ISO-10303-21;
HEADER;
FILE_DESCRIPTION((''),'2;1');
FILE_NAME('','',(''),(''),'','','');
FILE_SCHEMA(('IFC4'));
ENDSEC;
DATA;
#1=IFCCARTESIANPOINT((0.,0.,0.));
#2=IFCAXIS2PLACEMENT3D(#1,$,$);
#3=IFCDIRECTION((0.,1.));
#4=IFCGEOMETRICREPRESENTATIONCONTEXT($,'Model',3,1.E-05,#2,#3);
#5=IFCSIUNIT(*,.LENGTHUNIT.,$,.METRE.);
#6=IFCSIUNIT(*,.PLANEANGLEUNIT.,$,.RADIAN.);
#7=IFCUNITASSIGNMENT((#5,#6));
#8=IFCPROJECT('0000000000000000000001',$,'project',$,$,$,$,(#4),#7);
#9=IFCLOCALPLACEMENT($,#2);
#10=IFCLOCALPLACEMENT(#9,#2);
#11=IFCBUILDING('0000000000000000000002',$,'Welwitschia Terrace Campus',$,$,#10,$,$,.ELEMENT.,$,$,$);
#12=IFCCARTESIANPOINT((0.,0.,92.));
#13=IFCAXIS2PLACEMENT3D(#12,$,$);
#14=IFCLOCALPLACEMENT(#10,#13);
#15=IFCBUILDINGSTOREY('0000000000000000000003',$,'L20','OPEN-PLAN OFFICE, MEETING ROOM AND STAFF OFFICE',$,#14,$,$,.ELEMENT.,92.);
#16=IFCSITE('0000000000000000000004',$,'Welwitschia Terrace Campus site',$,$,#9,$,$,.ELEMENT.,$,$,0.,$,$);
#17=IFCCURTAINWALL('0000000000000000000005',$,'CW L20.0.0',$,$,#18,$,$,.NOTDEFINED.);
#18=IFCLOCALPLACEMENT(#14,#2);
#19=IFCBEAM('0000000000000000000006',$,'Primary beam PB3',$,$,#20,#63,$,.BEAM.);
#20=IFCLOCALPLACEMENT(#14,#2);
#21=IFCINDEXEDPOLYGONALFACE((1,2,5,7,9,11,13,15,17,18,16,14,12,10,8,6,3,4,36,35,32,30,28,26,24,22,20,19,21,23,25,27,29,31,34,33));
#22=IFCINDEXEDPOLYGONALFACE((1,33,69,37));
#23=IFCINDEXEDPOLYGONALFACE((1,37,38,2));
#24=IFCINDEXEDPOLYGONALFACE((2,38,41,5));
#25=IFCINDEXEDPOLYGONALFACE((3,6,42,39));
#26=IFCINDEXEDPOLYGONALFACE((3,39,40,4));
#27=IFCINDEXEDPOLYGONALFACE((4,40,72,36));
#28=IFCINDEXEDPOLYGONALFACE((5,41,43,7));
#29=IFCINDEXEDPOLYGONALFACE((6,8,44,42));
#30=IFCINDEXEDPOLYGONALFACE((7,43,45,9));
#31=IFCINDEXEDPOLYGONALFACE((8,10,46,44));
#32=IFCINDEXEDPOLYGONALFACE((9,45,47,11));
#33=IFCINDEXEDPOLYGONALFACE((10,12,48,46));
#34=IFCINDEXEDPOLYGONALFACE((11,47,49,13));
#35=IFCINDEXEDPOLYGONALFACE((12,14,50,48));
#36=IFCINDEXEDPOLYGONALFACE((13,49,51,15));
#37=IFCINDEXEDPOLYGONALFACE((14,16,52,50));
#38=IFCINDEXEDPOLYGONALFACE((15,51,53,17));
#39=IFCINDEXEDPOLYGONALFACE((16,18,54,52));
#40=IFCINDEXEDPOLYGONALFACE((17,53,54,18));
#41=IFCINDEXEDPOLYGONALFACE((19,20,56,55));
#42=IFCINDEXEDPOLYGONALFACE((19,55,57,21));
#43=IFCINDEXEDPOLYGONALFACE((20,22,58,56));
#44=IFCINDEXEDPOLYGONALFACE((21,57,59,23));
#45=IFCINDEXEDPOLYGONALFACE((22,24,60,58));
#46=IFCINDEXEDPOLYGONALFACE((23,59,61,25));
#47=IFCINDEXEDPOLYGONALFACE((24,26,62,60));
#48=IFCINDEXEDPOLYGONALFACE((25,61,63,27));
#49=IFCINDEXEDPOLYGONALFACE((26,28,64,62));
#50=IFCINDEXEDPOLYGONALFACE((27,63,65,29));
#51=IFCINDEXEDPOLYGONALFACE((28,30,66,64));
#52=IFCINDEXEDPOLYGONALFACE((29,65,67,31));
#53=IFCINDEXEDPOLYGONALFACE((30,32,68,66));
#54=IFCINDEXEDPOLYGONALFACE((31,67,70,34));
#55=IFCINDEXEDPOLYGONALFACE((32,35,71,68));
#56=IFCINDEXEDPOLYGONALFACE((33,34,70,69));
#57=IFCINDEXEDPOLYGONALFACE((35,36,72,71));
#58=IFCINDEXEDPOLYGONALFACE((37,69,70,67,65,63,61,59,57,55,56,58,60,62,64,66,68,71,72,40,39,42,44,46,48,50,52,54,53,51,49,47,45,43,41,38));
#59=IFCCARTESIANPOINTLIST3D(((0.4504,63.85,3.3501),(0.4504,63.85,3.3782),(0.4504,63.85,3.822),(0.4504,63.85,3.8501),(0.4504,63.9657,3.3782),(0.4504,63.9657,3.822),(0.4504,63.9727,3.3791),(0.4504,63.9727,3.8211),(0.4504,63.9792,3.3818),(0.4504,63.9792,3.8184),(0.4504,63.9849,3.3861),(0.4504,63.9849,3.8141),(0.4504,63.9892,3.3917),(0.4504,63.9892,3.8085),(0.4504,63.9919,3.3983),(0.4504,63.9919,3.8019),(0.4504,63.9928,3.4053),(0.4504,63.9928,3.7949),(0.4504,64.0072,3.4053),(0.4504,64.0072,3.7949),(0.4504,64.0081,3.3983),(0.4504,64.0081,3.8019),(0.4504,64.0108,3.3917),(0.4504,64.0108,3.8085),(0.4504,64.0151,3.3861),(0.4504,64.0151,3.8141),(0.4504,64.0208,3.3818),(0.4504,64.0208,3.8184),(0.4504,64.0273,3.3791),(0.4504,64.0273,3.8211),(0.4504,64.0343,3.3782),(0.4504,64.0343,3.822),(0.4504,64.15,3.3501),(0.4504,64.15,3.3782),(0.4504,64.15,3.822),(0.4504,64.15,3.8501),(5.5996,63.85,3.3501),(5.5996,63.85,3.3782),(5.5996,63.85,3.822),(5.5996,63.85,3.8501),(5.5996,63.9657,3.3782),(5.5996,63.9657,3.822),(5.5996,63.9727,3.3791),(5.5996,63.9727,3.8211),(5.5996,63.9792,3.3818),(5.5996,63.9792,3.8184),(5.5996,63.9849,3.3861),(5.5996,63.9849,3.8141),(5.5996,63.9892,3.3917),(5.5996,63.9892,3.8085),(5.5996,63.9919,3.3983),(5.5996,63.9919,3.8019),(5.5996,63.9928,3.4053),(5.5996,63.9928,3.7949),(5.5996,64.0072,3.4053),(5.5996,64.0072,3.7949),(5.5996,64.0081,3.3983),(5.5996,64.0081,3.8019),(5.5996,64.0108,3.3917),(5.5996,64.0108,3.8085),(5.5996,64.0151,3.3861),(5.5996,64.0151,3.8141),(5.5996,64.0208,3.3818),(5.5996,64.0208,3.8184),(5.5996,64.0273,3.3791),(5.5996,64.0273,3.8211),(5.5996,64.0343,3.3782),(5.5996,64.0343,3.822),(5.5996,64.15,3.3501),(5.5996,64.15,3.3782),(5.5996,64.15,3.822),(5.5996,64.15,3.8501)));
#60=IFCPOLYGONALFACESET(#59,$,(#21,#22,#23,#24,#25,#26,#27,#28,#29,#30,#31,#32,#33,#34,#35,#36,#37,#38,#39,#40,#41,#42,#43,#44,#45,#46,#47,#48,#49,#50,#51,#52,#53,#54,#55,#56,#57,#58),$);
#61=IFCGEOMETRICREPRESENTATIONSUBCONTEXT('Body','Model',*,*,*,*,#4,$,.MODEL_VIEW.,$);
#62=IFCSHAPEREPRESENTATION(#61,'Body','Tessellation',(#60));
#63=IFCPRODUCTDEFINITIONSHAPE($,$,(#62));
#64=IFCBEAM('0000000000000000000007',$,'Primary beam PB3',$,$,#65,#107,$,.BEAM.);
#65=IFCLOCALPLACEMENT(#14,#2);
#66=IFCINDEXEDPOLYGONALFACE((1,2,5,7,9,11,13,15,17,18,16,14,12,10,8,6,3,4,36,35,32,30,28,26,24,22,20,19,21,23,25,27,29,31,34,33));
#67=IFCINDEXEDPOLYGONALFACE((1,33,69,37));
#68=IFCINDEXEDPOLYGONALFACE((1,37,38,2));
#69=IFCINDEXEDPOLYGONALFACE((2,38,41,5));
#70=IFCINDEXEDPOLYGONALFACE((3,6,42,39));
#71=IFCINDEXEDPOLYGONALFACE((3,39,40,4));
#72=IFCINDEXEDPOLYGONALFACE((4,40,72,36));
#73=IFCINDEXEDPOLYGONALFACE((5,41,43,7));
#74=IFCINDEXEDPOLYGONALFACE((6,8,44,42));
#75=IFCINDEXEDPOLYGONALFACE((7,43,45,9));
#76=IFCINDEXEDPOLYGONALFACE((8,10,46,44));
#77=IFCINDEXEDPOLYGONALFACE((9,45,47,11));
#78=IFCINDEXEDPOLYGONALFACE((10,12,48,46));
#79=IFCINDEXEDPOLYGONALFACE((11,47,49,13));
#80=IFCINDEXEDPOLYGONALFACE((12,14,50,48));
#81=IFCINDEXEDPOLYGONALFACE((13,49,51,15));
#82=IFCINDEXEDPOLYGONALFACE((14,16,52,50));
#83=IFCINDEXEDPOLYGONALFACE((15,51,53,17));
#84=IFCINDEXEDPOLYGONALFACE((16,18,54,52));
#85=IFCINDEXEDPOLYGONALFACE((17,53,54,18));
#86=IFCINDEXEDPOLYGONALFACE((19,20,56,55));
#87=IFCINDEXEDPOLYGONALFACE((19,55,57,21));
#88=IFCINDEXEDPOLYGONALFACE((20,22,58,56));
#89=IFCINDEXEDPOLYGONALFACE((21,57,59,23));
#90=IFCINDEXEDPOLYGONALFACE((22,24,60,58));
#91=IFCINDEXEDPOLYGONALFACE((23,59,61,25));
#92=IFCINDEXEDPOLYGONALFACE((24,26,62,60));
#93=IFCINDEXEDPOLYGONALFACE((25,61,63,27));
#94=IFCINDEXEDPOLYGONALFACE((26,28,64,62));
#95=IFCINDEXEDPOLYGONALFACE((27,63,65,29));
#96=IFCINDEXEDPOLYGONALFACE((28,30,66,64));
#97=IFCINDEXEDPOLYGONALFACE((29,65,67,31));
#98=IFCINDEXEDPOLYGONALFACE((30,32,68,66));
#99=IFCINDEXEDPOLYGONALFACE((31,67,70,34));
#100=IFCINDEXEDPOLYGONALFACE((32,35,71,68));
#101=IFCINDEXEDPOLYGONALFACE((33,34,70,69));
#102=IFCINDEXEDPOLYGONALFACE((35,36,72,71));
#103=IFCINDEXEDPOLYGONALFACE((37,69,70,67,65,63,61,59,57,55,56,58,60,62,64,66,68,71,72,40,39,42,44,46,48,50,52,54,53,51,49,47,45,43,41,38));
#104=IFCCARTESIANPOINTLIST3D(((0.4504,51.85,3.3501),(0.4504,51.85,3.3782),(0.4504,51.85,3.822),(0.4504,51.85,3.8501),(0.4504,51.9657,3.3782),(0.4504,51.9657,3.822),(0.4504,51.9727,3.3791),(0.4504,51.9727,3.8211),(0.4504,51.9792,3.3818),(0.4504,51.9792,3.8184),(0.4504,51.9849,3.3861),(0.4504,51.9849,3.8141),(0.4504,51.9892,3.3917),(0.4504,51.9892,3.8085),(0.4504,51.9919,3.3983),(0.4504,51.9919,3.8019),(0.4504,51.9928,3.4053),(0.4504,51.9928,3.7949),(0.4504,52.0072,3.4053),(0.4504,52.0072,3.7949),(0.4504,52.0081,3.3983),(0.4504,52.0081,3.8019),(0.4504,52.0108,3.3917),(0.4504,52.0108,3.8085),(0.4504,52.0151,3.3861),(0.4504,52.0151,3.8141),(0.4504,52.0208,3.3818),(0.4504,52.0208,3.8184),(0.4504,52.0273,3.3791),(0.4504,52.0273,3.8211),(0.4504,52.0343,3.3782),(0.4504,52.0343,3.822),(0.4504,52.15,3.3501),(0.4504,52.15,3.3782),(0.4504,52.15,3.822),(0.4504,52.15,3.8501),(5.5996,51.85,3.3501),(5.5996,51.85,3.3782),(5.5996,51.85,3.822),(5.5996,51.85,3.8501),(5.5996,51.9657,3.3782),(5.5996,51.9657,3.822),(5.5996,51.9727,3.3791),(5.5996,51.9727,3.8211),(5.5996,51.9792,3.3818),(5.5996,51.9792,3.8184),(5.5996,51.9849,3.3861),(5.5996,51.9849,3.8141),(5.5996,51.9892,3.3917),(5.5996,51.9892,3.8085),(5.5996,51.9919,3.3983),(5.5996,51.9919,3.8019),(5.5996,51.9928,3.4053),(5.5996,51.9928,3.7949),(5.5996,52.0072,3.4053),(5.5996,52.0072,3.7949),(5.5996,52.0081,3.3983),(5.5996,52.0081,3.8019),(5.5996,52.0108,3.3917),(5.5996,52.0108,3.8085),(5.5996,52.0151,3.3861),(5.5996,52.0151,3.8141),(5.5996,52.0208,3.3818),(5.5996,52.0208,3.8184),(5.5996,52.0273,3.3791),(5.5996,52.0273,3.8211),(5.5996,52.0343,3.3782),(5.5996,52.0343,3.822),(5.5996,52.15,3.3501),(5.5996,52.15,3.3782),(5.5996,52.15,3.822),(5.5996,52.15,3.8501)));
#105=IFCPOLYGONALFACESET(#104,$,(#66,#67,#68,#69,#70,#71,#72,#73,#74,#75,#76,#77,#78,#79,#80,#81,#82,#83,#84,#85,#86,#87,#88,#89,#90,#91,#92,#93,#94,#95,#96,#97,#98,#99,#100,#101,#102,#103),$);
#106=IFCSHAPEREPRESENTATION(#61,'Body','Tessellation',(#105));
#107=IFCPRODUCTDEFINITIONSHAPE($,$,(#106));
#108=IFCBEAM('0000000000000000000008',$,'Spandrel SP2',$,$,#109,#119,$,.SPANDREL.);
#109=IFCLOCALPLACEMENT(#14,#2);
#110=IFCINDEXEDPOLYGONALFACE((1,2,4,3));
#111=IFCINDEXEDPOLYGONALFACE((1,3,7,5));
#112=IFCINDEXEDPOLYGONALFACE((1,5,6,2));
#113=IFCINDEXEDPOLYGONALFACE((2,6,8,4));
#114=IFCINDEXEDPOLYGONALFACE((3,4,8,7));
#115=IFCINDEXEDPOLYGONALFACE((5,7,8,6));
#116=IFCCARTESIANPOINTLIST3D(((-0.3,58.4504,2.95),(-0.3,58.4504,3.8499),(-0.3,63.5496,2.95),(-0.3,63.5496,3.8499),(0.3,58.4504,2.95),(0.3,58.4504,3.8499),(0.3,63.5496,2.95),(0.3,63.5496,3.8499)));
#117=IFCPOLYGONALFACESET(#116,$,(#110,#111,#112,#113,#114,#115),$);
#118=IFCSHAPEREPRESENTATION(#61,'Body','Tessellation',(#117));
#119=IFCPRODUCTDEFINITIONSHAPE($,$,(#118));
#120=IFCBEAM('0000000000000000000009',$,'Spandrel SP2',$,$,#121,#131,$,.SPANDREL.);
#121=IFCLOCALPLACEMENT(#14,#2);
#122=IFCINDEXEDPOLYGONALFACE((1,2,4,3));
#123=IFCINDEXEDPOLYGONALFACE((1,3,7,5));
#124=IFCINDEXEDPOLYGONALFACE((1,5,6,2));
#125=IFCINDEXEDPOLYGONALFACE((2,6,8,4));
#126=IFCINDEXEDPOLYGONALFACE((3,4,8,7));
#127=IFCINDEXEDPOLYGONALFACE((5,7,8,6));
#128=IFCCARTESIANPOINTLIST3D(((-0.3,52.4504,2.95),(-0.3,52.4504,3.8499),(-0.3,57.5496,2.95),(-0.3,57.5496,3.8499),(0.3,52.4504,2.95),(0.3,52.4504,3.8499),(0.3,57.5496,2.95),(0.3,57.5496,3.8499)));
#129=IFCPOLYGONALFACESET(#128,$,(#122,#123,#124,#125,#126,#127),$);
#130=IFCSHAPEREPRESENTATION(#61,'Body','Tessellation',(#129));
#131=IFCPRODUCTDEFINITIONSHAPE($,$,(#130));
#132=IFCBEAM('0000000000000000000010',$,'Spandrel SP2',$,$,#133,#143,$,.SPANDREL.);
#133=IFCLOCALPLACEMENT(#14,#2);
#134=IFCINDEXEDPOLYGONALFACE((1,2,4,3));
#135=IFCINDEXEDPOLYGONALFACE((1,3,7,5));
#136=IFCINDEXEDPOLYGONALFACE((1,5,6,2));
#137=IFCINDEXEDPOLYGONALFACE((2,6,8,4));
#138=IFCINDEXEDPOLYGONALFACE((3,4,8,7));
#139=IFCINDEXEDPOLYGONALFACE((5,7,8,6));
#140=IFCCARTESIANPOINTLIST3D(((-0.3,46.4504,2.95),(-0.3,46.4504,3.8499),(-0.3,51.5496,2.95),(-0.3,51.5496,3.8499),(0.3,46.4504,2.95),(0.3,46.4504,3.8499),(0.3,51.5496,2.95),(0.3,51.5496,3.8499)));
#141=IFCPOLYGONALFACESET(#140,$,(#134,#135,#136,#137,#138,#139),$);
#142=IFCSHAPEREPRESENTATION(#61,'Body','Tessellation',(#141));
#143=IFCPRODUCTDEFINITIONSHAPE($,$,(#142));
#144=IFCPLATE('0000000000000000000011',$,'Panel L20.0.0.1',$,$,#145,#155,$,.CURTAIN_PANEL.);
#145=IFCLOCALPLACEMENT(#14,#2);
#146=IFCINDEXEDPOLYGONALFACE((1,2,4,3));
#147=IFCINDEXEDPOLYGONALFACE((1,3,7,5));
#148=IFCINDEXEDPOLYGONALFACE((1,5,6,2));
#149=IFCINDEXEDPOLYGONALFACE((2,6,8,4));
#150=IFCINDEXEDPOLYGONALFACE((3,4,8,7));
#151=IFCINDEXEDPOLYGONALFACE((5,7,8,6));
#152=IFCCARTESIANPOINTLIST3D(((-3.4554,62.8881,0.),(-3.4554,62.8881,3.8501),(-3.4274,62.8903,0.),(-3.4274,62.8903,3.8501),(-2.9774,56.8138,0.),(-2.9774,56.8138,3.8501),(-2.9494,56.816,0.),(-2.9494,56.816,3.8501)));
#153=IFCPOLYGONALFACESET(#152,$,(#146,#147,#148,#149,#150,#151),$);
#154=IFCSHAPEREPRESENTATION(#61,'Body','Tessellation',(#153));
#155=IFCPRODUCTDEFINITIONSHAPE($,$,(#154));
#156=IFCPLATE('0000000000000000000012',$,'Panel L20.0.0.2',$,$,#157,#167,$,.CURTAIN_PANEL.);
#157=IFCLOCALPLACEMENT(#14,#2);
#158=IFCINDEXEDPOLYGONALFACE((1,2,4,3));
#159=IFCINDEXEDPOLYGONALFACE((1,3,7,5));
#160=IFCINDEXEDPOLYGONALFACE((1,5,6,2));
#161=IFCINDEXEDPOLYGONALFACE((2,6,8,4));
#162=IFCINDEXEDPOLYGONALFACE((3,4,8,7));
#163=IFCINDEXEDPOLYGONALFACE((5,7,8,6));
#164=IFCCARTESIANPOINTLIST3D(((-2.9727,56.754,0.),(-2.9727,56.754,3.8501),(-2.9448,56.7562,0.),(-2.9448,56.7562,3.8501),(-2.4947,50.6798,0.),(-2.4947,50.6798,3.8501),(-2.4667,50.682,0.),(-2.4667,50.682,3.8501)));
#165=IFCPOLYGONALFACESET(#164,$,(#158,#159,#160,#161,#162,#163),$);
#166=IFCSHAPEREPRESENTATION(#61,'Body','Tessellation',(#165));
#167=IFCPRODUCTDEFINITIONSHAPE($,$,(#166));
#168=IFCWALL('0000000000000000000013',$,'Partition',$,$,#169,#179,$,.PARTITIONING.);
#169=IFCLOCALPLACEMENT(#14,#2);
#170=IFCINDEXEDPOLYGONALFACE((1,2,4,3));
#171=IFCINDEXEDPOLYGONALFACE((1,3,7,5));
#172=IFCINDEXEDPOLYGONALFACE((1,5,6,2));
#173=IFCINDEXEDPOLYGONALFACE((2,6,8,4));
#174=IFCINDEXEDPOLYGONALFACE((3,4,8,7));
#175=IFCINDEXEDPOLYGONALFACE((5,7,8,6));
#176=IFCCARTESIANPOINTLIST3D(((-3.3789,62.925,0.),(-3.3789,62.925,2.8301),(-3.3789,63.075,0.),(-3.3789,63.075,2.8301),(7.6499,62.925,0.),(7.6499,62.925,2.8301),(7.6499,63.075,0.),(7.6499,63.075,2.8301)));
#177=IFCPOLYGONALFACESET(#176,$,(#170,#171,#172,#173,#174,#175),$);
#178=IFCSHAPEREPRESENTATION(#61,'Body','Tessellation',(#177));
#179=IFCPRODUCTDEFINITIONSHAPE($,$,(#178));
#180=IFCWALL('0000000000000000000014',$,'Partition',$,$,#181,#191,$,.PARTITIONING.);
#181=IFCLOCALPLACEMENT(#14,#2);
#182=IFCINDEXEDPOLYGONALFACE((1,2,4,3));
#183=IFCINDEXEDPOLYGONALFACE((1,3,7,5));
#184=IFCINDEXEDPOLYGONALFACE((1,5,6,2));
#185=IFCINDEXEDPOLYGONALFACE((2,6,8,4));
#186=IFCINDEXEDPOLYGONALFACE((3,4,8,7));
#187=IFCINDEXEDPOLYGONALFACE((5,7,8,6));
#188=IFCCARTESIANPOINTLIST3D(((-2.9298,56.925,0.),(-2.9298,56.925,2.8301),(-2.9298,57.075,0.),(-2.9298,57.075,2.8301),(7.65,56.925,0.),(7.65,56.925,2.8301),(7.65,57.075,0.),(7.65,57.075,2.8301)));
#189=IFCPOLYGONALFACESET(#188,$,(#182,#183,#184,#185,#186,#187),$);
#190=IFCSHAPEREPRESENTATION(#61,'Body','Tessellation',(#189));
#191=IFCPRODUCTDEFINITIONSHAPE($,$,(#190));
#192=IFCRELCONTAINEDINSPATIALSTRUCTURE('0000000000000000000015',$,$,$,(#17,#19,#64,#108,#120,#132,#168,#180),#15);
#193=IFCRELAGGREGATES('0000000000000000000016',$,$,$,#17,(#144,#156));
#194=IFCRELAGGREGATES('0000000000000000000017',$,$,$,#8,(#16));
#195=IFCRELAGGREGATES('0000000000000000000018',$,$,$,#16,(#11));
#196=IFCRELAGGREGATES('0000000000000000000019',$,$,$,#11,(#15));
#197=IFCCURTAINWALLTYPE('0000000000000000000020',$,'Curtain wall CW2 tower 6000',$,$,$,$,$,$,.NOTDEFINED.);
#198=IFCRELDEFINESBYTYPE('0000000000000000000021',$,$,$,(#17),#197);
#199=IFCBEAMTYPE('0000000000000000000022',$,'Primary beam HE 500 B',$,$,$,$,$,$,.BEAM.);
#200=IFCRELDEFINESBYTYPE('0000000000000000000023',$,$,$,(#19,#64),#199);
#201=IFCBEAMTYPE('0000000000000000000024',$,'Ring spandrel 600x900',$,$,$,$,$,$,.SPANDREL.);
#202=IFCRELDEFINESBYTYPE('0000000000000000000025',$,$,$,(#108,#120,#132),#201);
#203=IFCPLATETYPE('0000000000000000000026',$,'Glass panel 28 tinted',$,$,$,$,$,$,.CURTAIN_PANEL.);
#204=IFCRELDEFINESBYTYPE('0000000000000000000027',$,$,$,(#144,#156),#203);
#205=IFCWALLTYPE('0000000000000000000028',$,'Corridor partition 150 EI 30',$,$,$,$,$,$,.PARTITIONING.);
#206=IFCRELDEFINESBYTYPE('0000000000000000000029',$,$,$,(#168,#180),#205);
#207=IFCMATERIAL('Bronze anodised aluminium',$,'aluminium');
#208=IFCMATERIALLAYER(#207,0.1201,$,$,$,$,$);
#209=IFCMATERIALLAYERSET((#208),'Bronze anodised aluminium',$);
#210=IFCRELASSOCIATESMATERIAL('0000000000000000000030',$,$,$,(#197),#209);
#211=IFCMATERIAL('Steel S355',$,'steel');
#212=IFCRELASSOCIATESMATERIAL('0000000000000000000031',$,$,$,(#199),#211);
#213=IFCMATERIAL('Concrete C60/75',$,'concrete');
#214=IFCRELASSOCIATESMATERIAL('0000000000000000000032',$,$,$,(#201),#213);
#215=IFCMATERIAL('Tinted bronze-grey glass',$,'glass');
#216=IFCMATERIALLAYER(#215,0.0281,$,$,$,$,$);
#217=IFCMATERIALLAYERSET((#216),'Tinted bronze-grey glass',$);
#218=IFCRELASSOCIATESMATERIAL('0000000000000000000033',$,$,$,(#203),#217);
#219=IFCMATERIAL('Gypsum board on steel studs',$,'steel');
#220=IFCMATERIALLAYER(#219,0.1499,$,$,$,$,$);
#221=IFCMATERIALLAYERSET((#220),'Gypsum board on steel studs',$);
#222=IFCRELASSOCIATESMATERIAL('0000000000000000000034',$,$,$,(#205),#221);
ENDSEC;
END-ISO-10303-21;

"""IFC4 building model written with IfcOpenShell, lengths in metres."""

from ifc_helpers import new_model, si_unit, direction, frame, frame_2d, origin, origin_2d, place, context, subcontext, project, spatial, rectangle, i_section, extrude, material, layer, layer_set, material_profile, profile_set, type_object, element, aggregate, save


model = new_model("IFC4")

# Units and contexts
model_context = context("Model", 3, precision=1e-05, world=origin(), true_north=direction((0.0, 1.0)))
body_context = subcontext(model_context, "Body", "Model", "MODEL_VIEW")
ifc_project = project(units=[si_unit("LENGTHUNIT", "METRE"), si_unit("PLANEANGLEUNIT", "RADIAN")], contexts=[model_context])

# Site, building, storey
site_placement = place(None, origin())
site = spatial("IfcSite", under=ifc_project, at=site_placement, Name="Welwitschia Terrace Campus site", CompositionType="ELEMENT", RefElevation=0.0)
building_placement = place(site_placement, origin())
building = spatial("IfcBuilding", under=site, at=building_placement, Name="Welwitschia Terrace Campus", CompositionType="ELEMENT")
storey_placement = place(building_placement, frame((0.0, 0.0, 92.0)))
storey = spatial("IfcBuildingStorey", under=building, at=storey_placement, Name="L20", Description="OPEN-PLAN OFFICE, MEETING ROOM AND STAFF OFFICE", CompositionType="ELEMENT", Elevation=92.0)

# Curtain wall
ifc_material_1 = material(Name="Bronze anodised aluminium", Category="aluminium")
ifc_layer_1 = layer(ifc_material_1, 0.1201)
ifc_layer_set_1 = layer_set([ifc_layer_1], Name="Bronze anodised aluminium")
curtain_wall_type = type_object("IfcCurtainWallType", Name="Curtain wall CW2 tower 6000", PredefinedType="NOTDEFINED", material=ifc_layer_set_1)
curtain_wall_placement = place(storey_placement, origin())
curtain_wall = element("IfcCurtainWall", 1, at=curtain_wall_placement, inside=storey, type_object=curtain_wall_type, Name="CW L20.0.0", PredefinedType="NOTDEFINED")

# Beams
ifc_material_2 = material(Name="Steel S355", Category="steel")
ifc_material_profile_1 = material_profile(ifc_material_2, i_section(OverallWidth=0.3, OverallDepth=0.5, WebThickness=0.0144, FlangeThickness=0.0281, FilletRadius=0.0271, at=origin_2d()))
ifc_profile_set_1 = profile_set([ifc_material_profile_1], Name="Steel S355")
beam_type_1 = type_object("IfcBeamType", Name="Primary beam HE 500 B", PredefinedType="BEAM", material=ifc_profile_set_1)
for number, where, z_axis, x_axis, name in (
    (2, (0.4504, 64.0, 3.6001), (1.0, 0.0, 0.0), (0.0, 1.0, 0.0), "Primary beam PB3"),
    (3, (0.4504, 52.0, 3.6001), (1.0, 0.0, 0.0), (0.0, 1.0, 0.0), "Primary beam PB3"),
):
    element("IfcBeam", number, at=place(storey_placement, frame(where, z_axis=z_axis, x_axis=x_axis)), inside=storey, type_object=beam_type_1, Name=name, PredefinedType="BEAM", context=body_context, shape_type="SweptSolid", body=[
        extrude(i_section(OverallWidth=0.3, OverallDepth=0.5, WebThickness=0.0144, FlangeThickness=0.0281, FilletRadius=0.0271, at=origin_2d()), origin(), (0.0, 0.0, 1.0), 5.1492),
    ])
ifc_material_3 = material(Name="Concrete C60/75", Category="concrete")
ifc_material_profile_2 = material_profile(ifc_material_3, rectangle(XDim=0.6001, YDim=0.8999, at=origin_2d()))
ifc_profile_set_2 = profile_set([ifc_material_profile_2], Name="Concrete C60/75")
beam_type_2 = type_object("IfcBeamType", Name="Ring spandrel 600x900", PredefinedType="SPANDREL", material=ifc_profile_set_2)
for number, where, z_axis, x_axis, name in (
    (4, (0.0, 63.5496, 3.3999), (0.0, -1.0, 0.0), (1.0, 0.0, 0.0), "Spandrel SP2"),
    (5, (0.0, 57.5496, 3.3999), (0.0, -1.0, 0.0), (1.0, 0.0, 0.0), "Spandrel SP2"),
    (6, (0.0, 51.5496, 3.3999), (0.0, -1.0, 0.0), (1.0, 0.0, 0.0), "Spandrel SP2"),
):
    element("IfcBeam", number, at=place(storey_placement, frame(where, z_axis=z_axis, x_axis=x_axis)), inside=storey, type_object=beam_type_2, Name=name, PredefinedType="SPANDREL", context=body_context, shape_type="SweptSolid", body=[
        extrude(rectangle(XDim=0.6001, YDim=0.8999, at=origin_2d()), origin(), (0.0, 0.0, 1.0), 5.0991),
    ])

# Plates
ifc_material_4 = material(Name="Tinted bronze-grey glass", Category="glass")
ifc_layer_2 = layer(ifc_material_4, 0.0281)
ifc_layer_set_2 = layer_set([ifc_layer_2], Name="Tinted bronze-grey glass")
plate_type = type_object("IfcPlateType", Name="Glass panel 28 tinted", PredefinedType="CURTAIN_PANEL", material=ifc_layer_set_2)
plate_1_placement = place(storey_placement, frame((-3.2024, 59.8521, 0.0), z_axis=(0.0, 0.0, 1.0), x_axis=(0.078459, -0.996917, 0.0)))
plate_1 = element("IfcPlate", 7, at=plate_1_placement, type_object=plate_type, Name="Panel L20.0.0.1", PredefinedType="CURTAIN_PANEL", context=body_context, shape_type="SweptSolid", body=[
    extrude(rectangle(XDim=6.093, YDim=0.0281, at=origin_2d()), origin(), (0.0, 0.0, 1.0), 3.8501),
])
plate_2_placement = place(storey_placement, frame((-2.7197, 53.718, 0.0), z_axis=(0.0, 0.0, 1.0), x_axis=(0.078459, -0.996917, 0.0)))
plate_2 = element("IfcPlate", 8, at=plate_2_placement, type_object=plate_type, Name="Panel L20.0.0.2", PredefinedType="CURTAIN_PANEL", context=body_context, shape_type="SweptSolid", body=[
    extrude(rectangle(XDim=6.093, YDim=0.0281, at=origin_2d()), origin(), (0.0, 0.0, 1.0), 3.8501),
])
aggregate(curtain_wall, [plate_1, plate_2])

# Walls
ifc_material_5 = material(Name="Gypsum board on steel studs", Category="steel")
ifc_layer_3 = layer(ifc_material_5, 0.1499)
ifc_layer_set_3 = layer_set([ifc_layer_3], Name="Gypsum board on steel studs")
wall_type = type_object("IfcWallType", Name="Corridor partition 150 EI 30", PredefinedType="PARTITIONING", material=ifc_layer_set_3)
wall_1_placement = place(storey_placement, frame((-3.3789, 63.0, 0.0), z_axis=(0.0, 0.0, 1.0), x_axis=(1.0, 0.0, 0.0)))
element("IfcWall", 9, at=wall_1_placement, inside=storey, type_object=wall_type, Name="Partition", PredefinedType="PARTITIONING", context=body_context, shape_type="SweptSolid", body=[
    extrude(rectangle(XDim=11.0288, YDim=0.1499, at=frame_2d((5.5144, 0.0))), origin(), (0.0, 0.0, 1.0), 2.8301),
])
wall_2_placement = place(storey_placement, frame((-2.9299, 57.0, 0.0), z_axis=(0.0, 0.0, 1.0), x_axis=(1.0, 0.0, 0.0)))
element("IfcWall", 10, at=wall_2_placement, inside=storey, type_object=wall_type, Name="Partition", PredefinedType="PARTITIONING", context=body_context, shape_type="SweptSolid", body=[
    extrude(rectangle(XDim=10.5798, YDim=0.1499, at=frame_2d((5.29, 0.0))), origin(), (0.0, 0.0, 1.0), 2.8301),
])

save(model, "model.ifc")
